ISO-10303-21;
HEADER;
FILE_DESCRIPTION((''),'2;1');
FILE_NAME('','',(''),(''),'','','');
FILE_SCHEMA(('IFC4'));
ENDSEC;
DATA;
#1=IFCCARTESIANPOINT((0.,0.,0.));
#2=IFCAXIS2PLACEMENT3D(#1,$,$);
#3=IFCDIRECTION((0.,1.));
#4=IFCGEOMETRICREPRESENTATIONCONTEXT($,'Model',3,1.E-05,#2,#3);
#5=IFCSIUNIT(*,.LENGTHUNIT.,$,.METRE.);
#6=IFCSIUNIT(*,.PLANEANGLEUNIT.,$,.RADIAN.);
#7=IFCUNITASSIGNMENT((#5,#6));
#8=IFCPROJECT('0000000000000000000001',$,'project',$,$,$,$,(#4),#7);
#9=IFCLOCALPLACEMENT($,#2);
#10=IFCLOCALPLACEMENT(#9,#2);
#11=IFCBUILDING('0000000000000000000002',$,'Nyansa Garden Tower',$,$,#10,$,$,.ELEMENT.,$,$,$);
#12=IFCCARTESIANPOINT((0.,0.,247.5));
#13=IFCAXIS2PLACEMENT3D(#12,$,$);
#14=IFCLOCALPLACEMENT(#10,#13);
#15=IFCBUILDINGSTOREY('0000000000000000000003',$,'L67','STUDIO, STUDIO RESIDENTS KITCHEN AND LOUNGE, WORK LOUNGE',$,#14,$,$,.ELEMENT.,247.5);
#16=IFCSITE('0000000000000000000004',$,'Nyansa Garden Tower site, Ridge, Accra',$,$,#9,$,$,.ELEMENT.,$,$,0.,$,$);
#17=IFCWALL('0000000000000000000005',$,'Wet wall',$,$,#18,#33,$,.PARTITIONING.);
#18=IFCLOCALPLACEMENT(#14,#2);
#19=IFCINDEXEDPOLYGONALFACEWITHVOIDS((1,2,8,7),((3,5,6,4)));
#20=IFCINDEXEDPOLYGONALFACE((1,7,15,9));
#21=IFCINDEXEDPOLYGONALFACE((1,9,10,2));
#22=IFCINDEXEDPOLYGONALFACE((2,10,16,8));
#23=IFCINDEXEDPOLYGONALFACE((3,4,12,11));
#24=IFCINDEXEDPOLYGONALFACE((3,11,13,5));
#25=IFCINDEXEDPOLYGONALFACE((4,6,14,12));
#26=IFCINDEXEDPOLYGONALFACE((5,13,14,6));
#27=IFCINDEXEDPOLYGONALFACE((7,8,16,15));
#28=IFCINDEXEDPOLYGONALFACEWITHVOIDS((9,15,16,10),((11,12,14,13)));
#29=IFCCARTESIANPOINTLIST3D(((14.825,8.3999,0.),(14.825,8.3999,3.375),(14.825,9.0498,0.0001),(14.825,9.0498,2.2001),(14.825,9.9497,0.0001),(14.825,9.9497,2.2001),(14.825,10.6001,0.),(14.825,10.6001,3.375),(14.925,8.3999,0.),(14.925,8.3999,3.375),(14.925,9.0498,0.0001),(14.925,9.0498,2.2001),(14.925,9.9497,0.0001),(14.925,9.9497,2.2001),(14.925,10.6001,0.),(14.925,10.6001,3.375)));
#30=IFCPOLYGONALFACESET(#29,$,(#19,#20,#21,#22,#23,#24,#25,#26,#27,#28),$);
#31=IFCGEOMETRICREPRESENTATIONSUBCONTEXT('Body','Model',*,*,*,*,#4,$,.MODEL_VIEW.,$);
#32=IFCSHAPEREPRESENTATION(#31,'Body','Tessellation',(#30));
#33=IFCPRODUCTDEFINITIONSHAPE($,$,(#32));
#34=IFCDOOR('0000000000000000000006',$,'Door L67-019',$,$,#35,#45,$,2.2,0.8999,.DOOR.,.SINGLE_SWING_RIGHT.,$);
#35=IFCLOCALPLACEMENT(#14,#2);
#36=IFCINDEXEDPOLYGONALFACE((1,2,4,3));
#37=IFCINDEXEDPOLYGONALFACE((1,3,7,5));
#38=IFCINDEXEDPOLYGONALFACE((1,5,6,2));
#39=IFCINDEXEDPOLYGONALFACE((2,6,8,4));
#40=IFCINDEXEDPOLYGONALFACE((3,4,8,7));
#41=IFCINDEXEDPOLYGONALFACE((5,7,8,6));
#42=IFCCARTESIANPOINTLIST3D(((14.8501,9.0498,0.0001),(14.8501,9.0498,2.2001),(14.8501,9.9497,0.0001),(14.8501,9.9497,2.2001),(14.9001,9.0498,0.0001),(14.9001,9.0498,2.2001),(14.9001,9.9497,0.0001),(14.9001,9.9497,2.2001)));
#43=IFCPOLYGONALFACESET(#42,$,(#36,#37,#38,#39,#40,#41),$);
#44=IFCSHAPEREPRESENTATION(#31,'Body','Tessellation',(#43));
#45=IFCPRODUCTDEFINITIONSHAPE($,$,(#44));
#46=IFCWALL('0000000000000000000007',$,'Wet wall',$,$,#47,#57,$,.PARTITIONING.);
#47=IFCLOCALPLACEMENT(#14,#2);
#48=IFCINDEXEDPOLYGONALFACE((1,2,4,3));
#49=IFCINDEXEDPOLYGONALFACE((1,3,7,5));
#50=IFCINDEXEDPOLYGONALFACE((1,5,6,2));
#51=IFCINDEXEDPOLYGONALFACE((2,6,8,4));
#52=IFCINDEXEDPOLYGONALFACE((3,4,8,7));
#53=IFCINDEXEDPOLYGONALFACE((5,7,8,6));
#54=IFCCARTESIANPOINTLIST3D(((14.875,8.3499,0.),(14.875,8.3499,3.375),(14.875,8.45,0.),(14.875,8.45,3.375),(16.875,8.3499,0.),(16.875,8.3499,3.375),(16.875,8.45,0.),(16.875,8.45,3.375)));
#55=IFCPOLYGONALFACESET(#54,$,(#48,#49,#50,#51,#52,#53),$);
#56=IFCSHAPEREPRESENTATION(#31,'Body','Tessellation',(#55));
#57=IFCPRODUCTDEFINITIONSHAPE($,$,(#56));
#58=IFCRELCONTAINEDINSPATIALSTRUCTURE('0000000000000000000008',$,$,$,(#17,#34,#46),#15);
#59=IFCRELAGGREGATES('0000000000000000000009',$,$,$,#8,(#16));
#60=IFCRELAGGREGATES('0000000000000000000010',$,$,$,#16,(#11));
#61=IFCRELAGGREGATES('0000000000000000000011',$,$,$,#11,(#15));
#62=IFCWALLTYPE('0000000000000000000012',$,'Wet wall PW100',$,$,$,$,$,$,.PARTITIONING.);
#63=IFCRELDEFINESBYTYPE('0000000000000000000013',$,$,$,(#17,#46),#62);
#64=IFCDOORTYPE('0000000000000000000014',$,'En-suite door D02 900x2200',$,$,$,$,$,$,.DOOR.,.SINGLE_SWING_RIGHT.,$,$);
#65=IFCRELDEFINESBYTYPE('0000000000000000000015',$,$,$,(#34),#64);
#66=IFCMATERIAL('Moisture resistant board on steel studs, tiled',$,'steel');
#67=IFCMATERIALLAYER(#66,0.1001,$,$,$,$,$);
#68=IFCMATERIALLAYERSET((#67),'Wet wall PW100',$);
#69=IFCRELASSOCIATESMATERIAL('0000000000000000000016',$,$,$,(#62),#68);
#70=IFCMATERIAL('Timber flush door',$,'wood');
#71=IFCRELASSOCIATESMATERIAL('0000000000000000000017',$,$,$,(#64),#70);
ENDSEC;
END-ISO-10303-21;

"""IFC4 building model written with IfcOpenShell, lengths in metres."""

from ifc_helpers import new_model, si_unit, direction, frame, frame_2d, origin, place, context, subcontext, project, spatial, rectangle, extrude, material, layer, layer_set, type_object, element, fill, save


model = new_model("IFC4")

# Units and contexts
model_context = context("Model", 3, precision=1e-05, world=origin(), true_north=direction((0.0, 1.0)))
body_context = subcontext(model_context, "Body", "Model", "MODEL_VIEW")
ifc_project = project(units=[si_unit("LENGTHUNIT", "METRE"), si_unit("PLANEANGLEUNIT", "RADIAN")], contexts=[model_context])

# Site, building, storey
site_placement = place(None, origin())
site = spatial("IfcSite", under=ifc_project, at=site_placement, Name="Nyansa Garden Tower site, Ridge, Accra", CompositionType="ELEMENT", RefElevation=0.0)
building_placement = place(site_placement, origin())
building = spatial("IfcBuilding", under=site, at=building_placement, Name="Nyansa Garden Tower", CompositionType="ELEMENT")
storey_placement = place(building_placement, frame((0.0, 0.0, 247.5)))
storey = spatial("IfcBuildingStorey", under=building, at=storey_placement, Name="L67", Description="STUDIO, STUDIO RESIDENTS KITCHEN AND LOUNGE, WORK LOUNGE", CompositionType="ELEMENT", Elevation=247.5)

# Wall, opening, door
ifc_material_1 = material(Name="Moisture resistant board on steel studs, tiled", Category="steel")
ifc_layer_1 = layer(ifc_material_1, 0.1001)
ifc_layer_set_1 = layer_set([ifc_layer_1], Name="Wet wall PW100")
wall_type_1 = type_object("IfcWallType", Name="Wet wall PW100", PredefinedType="PARTITIONING", material=ifc_layer_set_1)
wall_1_placement = place(storey_placement, frame((14.875, 8.3999, 0.0), z_axis=(0.0, 0.0, 1.0), x_axis=(0.0, 1.0, 0.0)))
wall_1 = element("IfcWall", 1, at=wall_1_placement, inside=storey, type_object=wall_type_1, Name="Wet wall", PredefinedType="PARTITIONING", context=body_context, shape_type="SweptSolid", body=[
    extrude(rectangle(XDim=2.2002, YDim=0.1001, at=frame_2d((1.1001, 0.0))), origin(), (0.0, 0.0, 1.0), 3.375),
])
opening_1_placement = place(wall_1_placement, frame((0.6499, 0.0, 0.0)))
opening_1 = element("IfcOpeningElement", 2, at=opening_1_placement, cuts=wall_1, PredefinedType="OPENING", context=body_context, shape_type="SweptSolid", body=[
    extrude(rectangle(XDim=0.8999, YDim=2.2, at=frame_2d((0.45, 1.1001))), frame((0.0, 0.0601, 0.0), z_axis=(0.0, -1.0, 0.0), x_axis=(1.0, 0.0, 0.0)), (0.0, 0.0, 1.0), 0.1201),
])
ifc_material_2 = material(Name="Timber flush door", Category="wood")
door_type_1 = type_object("IfcDoorType", Name="En-suite door D02 900x2200", OperationType="SINGLE_SWING_RIGHT", PredefinedType="DOOR", material=ifc_material_2)
door_1_placement = place(opening_1_placement, origin())
door_1 = element("IfcDoor", 3, at=door_1_placement, inside=storey, type_object=door_type_1, Name="Door L67-019", OperationType="SINGLE_SWING_RIGHT", OverallHeight=2.2, OverallWidth=0.8999, PredefinedType="DOOR", context=body_context, shape_type="SweptSolid", body=[
    extrude(rectangle(XDim=0.8999, YDim=2.2, at=frame_2d((0.45, 1.1001))), frame((0.0, 0.0249, 0.0), z_axis=(0.0, -1.0, 0.0), x_axis=(1.0, 0.0, 0.0)), (0.0, 0.0, 1.0), 0.05),
])
fill(opening_1, door_1)

# Wall
wall_2_placement = place(storey_placement, frame((14.875, 8.3999, 0.0), z_axis=(0.0, 0.0, 1.0), x_axis=(1.0, 0.0, 0.0)))
element("IfcWall", 4, at=wall_2_placement, inside=storey, type_object=wall_type_1, Name="Wet wall", PredefinedType="PARTITIONING", context=body_context, shape_type="SweptSolid", body=[
    extrude(rectangle(XDim=2.0, YDim=0.1001, at=frame_2d((1.0, 0.0))), origin(), (0.0, 0.0, 1.0), 3.375),
])

save(model, "model.ifc")
